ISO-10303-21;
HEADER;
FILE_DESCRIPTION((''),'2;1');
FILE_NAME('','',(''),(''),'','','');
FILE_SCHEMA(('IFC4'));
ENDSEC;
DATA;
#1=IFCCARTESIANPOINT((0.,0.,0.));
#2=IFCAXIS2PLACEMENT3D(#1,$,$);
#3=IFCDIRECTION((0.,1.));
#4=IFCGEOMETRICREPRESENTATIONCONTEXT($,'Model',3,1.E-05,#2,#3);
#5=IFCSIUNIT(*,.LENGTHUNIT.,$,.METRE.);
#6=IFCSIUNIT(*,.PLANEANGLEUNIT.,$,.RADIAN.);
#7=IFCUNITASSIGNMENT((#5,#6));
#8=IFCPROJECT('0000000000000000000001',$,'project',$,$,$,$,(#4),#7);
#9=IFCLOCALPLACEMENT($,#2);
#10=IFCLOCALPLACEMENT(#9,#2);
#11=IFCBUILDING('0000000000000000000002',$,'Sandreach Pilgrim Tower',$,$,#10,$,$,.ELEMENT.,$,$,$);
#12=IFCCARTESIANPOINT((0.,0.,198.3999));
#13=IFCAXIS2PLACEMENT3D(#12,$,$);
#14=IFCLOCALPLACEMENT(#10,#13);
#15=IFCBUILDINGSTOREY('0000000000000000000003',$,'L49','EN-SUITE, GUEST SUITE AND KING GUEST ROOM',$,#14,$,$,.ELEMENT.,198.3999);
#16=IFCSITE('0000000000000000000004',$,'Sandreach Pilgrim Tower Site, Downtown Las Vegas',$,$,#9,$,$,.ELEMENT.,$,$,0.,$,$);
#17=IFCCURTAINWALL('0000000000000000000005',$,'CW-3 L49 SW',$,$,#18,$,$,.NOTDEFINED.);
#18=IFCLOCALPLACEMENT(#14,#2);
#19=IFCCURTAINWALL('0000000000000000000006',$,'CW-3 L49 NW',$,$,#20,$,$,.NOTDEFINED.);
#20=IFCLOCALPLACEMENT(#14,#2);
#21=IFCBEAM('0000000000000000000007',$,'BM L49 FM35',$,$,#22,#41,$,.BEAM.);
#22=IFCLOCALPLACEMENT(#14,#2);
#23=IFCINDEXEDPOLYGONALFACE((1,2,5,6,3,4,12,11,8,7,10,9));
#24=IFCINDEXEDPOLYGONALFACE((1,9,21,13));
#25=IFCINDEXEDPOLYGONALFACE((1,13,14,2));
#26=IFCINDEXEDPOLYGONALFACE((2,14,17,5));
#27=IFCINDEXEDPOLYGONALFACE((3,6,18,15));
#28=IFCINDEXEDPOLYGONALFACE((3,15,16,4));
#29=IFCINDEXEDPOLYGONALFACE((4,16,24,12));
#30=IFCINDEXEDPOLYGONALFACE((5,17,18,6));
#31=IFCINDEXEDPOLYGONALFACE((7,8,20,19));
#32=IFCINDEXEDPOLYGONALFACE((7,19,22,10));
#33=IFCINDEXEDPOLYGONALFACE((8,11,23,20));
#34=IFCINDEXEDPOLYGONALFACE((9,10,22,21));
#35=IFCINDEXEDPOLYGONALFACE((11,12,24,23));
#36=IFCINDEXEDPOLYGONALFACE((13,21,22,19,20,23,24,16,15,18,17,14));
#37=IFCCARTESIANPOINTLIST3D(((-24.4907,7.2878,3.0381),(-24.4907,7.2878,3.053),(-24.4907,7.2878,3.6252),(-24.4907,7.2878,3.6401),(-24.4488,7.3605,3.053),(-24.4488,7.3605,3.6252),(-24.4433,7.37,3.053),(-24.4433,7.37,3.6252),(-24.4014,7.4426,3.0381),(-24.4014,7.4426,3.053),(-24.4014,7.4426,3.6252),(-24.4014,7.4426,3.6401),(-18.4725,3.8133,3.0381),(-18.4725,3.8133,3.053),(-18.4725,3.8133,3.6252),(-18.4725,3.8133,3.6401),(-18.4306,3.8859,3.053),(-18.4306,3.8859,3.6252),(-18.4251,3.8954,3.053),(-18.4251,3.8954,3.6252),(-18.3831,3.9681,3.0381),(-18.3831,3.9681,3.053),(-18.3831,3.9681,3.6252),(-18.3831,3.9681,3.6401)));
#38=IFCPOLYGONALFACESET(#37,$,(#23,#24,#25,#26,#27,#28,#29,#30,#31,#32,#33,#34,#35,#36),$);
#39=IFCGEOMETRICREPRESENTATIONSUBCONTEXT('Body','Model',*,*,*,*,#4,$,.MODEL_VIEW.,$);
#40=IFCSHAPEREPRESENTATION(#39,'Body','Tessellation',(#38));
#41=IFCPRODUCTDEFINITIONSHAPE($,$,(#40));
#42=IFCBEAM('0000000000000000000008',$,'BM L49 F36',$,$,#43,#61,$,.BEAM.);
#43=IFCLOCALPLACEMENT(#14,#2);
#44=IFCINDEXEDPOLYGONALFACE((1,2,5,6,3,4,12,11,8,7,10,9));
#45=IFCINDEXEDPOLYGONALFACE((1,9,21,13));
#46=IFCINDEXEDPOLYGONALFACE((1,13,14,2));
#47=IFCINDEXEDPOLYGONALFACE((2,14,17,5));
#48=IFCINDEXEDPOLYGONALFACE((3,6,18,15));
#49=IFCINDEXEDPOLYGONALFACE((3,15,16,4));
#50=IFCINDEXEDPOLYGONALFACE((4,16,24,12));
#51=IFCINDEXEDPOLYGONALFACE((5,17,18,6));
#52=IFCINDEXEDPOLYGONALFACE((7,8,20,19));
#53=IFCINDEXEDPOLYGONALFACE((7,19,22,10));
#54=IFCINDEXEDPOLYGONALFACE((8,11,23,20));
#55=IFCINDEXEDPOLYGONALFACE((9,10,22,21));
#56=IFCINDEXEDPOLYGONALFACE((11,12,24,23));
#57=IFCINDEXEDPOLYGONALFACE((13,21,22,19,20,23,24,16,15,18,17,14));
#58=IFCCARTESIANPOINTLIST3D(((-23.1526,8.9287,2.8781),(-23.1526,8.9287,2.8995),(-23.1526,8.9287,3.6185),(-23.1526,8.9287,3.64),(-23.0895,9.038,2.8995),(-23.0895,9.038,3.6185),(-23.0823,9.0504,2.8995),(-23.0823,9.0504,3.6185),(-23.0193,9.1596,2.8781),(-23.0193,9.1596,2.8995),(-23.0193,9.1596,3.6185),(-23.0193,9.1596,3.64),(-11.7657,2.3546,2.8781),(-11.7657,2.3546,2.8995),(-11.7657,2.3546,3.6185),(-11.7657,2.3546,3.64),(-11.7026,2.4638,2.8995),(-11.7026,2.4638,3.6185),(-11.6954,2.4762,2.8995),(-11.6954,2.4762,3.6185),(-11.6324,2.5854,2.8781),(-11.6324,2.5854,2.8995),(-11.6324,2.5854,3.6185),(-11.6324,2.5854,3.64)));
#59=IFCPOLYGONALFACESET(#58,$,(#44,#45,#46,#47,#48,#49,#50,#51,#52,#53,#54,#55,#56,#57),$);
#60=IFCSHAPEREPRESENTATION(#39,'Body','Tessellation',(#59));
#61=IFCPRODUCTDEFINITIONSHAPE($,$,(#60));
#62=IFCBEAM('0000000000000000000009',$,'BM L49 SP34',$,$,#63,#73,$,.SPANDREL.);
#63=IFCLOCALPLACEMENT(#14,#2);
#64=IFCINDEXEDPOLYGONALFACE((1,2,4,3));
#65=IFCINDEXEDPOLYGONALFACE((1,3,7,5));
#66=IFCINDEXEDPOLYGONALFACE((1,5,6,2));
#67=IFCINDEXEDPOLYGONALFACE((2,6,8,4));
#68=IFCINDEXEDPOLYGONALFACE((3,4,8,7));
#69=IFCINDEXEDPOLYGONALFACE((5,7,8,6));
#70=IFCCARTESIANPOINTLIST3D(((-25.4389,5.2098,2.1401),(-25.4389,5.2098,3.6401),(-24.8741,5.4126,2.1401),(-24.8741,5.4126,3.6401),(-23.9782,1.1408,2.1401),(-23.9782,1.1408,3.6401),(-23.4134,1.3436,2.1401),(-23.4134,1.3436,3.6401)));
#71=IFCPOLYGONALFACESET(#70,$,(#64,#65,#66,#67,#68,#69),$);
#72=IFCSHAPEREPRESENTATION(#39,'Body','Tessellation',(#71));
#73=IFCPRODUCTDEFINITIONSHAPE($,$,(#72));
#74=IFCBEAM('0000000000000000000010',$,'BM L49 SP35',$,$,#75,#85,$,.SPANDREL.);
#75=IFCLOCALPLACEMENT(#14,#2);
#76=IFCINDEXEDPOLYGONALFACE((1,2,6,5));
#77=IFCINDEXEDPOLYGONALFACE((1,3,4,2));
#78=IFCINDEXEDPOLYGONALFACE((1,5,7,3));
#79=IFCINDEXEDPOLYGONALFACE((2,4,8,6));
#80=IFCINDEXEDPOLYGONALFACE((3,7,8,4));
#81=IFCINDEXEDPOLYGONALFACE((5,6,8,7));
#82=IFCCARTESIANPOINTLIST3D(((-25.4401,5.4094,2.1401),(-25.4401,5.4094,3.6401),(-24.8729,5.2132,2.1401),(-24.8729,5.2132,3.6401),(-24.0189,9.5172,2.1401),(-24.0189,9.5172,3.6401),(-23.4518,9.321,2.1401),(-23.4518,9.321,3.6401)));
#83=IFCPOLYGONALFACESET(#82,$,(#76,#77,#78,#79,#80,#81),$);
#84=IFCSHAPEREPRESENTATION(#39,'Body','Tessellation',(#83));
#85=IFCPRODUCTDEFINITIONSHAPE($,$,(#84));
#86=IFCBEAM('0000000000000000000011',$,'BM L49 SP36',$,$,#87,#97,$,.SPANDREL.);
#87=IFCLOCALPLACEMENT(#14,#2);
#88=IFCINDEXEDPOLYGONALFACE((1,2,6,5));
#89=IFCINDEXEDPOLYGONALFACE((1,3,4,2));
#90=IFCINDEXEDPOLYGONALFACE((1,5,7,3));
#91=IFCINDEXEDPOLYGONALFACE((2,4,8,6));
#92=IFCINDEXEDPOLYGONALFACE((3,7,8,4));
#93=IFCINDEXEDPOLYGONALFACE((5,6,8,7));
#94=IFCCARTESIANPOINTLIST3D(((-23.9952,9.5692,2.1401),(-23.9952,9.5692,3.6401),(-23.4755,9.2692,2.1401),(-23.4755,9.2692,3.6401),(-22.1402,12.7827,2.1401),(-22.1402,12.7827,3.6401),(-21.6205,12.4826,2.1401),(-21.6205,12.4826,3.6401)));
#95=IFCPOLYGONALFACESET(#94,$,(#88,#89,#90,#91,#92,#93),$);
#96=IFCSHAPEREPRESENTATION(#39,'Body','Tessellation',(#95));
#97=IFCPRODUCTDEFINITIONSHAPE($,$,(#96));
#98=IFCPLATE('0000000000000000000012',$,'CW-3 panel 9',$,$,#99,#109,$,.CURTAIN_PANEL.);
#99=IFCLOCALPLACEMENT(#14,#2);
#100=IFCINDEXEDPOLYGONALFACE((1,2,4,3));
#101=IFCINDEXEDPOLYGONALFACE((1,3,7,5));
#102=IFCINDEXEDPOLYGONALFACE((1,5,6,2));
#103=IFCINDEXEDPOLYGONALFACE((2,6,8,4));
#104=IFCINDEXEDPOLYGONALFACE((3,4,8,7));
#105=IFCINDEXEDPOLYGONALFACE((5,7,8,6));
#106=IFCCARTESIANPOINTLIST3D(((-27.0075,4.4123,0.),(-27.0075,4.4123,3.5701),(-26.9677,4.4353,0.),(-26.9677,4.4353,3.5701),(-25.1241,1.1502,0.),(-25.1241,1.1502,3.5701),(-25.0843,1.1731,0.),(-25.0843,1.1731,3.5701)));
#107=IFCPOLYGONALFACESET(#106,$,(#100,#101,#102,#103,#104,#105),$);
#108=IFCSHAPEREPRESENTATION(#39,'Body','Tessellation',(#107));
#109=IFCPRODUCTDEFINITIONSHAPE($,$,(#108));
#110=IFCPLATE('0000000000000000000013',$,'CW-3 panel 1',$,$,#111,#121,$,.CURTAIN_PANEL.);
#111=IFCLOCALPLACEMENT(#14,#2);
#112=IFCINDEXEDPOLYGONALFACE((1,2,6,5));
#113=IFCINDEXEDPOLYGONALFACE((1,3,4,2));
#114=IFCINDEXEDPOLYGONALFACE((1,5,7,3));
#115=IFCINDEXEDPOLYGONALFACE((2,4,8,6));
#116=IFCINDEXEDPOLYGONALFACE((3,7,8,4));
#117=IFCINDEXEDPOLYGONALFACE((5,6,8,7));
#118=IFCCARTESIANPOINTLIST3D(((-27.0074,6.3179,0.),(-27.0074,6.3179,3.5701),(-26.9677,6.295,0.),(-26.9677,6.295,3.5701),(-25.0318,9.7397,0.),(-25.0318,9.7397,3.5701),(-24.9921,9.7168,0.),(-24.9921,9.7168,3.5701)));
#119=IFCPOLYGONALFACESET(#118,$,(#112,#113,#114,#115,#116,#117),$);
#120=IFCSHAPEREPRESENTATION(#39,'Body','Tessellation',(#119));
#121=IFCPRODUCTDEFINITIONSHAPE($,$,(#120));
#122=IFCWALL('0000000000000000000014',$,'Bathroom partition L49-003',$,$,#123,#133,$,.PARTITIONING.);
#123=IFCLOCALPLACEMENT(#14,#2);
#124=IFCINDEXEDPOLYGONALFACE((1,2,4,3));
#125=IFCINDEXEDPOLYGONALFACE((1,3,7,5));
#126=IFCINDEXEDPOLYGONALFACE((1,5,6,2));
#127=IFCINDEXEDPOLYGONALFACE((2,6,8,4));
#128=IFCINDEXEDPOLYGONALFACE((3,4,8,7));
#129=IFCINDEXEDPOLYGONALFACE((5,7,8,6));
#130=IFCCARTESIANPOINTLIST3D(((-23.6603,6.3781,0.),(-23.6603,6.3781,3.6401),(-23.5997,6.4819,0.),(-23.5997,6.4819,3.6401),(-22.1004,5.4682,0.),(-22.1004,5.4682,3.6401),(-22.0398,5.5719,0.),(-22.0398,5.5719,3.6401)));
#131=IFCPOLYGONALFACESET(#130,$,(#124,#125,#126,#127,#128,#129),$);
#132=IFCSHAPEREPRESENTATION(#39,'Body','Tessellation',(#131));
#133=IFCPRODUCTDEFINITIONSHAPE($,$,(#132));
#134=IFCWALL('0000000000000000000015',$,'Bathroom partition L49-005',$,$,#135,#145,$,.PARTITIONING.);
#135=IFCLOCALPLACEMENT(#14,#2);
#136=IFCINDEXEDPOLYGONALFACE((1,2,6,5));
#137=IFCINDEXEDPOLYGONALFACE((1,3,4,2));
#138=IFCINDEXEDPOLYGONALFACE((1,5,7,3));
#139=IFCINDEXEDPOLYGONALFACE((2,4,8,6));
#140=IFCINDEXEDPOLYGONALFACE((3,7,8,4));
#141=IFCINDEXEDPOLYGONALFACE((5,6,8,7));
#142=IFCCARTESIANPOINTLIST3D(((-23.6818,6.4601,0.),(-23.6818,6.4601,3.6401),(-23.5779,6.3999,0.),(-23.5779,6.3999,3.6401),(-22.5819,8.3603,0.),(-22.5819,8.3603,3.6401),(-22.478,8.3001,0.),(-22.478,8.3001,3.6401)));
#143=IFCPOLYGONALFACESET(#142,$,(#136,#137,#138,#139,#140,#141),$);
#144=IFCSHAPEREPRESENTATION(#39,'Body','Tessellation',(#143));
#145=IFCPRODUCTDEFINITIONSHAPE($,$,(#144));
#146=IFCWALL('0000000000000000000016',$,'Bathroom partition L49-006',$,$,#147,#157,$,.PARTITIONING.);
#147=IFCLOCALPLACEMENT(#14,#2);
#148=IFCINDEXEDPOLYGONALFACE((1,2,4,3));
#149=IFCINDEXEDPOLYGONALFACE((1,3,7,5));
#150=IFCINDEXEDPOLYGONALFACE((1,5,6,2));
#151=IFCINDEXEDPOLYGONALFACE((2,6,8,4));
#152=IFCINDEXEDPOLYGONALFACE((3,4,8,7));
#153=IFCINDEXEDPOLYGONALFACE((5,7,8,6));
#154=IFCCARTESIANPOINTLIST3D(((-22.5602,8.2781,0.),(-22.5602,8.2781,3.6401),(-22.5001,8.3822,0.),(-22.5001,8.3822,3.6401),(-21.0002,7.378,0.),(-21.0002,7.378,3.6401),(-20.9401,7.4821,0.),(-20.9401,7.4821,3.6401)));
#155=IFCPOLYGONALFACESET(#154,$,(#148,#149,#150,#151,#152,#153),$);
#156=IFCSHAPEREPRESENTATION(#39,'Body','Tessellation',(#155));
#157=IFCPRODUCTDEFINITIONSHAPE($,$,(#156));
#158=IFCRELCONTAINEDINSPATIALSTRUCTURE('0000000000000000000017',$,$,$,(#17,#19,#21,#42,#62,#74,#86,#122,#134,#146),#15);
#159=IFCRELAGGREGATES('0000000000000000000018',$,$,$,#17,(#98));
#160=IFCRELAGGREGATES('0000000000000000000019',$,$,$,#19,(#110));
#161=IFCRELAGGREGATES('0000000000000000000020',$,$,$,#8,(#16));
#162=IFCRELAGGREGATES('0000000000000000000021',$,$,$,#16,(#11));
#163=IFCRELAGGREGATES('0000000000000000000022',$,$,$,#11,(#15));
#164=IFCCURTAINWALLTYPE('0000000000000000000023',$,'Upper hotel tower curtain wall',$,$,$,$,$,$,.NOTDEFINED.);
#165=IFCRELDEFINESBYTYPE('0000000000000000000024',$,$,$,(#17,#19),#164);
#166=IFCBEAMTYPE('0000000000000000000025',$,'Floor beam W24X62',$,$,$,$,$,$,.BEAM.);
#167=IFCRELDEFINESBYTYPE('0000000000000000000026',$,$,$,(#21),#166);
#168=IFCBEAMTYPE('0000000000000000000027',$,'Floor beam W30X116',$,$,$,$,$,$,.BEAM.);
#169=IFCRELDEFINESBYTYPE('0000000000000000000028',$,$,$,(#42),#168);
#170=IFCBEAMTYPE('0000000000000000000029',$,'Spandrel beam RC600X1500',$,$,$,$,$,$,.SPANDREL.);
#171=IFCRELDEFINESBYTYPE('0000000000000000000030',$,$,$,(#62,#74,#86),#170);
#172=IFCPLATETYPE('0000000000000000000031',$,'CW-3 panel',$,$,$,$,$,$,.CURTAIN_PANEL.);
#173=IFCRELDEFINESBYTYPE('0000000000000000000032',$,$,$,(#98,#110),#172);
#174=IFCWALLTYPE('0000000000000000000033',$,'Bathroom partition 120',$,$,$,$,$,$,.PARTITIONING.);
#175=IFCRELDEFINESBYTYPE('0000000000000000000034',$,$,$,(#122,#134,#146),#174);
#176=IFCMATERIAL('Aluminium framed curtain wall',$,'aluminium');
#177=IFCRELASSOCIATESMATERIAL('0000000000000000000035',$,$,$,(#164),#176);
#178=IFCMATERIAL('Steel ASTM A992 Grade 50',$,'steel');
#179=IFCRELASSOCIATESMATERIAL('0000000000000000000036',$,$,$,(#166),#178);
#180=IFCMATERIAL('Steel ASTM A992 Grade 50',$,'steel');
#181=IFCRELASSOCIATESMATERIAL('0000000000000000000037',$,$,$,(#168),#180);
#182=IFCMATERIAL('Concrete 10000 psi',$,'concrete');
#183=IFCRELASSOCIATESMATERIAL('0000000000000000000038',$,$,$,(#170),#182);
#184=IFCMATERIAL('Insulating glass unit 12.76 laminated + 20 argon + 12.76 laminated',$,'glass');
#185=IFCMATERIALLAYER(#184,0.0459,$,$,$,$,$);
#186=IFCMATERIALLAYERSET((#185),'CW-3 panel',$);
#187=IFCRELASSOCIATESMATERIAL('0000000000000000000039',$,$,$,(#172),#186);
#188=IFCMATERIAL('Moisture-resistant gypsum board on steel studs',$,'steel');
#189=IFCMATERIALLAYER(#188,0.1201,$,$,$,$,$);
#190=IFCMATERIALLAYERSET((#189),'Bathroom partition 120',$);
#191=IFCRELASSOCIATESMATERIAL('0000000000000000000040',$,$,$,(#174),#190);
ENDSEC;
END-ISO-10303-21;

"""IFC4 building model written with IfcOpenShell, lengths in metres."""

from ifc_helpers import new_model, si_unit, direction, frame, frame_2d, origin, origin_2d, place, context, subcontext, project, spatial, rectangle, i_section, extrude, material, layer, layer_set, material_profile, profile_set, type_object, element, aggregate, save


model = new_model("IFC4")

# Units and contexts
model_context = context("Model", 3, precision=1e-05, world=origin(), true_north=direction((0.0, 1.0)))
body_context = subcontext(model_context, "Body", "Model", "MODEL_VIEW")
ifc_project = project(units=[si_unit("LENGTHUNIT", "METRE"), si_unit("PLANEANGLEUNIT", "RADIAN")], contexts=[model_context])

# Site, building, storey
site_placement = place(None, origin())
site = spatial("IfcSite", under=ifc_project, at=site_placement, Name="Sandreach Pilgrim Tower Site, Downtown Las Vegas", CompositionType="ELEMENT", RefElevation=0.0)
building_placement = place(site_placement, origin())
building = spatial("IfcBuilding", under=site, at=building_placement, Name="Sandreach Pilgrim Tower", CompositionType="ELEMENT")
storey_placement = place(building_placement, frame((0.0, 0.0, 198.3999)))
storey = spatial("IfcBuildingStorey", under=building, at=storey_placement, Name="L49", Description="EN-SUITE, GUEST SUITE AND KING GUEST ROOM", CompositionType="ELEMENT", Elevation=198.3999)

# Curtain wall
ifc_material_1 = material(Name="Aluminium framed curtain wall", Category="aluminium")
curtain_wall_type = type_object("IfcCurtainWallType", Name="Upper hotel tower curtain wall", PredefinedType="NOTDEFINED", material=ifc_material_1)
curtain_wall_1_placement = place(storey_placement, origin())
curtain_wall_1 = element("IfcCurtainWall", 1, at=curtain_wall_1_placement, inside=storey, type_object=curtain_wall_type, Name="CW-3 L49 SW", PredefinedType="NOTDEFINED")

# Curtain wall
curtain_wall_2_placement = place(storey_placement, origin())
curtain_wall_2 = element("IfcCurtainWall", 2, at=curtain_wall_2_placement, inside=storey, type_object=curtain_wall_type, Name="CW-3 L49 NW", PredefinedType="NOTDEFINED")

# Beams
ifc_material_2 = material(Name="Steel ASTM A992 Grade 50", Category="steel")
ifc_material_profile_1 = material_profile(ifc_material_2, i_section(OverallWidth=0.1787, OverallDepth=0.6021, WebThickness=0.011, FlangeThickness=0.0149, at=origin_2d()), Name="W24X62")
ifc_profile_set_1 = profile_set([ifc_material_profile_1], Name="Steel ASTM A992 Grade 50")
beam_type_1 = type_object("IfcBeamType", Name="Floor beam W24X62", PredefinedType="BEAM", material=ifc_profile_set_1)
beam_1_placement = place(storey_placement, frame((-24.446, 7.3652, 3.3391), z_axis=(0.866029, -0.499993, 0.0), x_axis=(0.499993, 0.866029, 0.0)))
element("IfcBeam", 3, at=beam_1_placement, inside=storey, type_object=beam_type_1, Name="BM L49 FM35", PredefinedType="BEAM", context=body_context, shape_type="SweptSolid", body=[
    extrude(i_section(OverallWidth=0.1787, OverallDepth=0.6021, WebThickness=0.011, FlangeThickness=0.0149, at=origin_2d()), origin(), (0.0, 0.0, 1.0), 6.9492),
])
ifc_material_3 = material(Name="Steel ASTM A992 Grade 50", Category="steel")
ifc_material_profile_2 = material_profile(ifc_material_3, i_section(OverallWidth=0.2666, OverallDepth=0.762, WebThickness=0.0144, FlangeThickness=0.0215, at=origin_2d()), Name="W30X116")
ifc_profile_set_2 = profile_set([ifc_material_profile_2], Name="Steel ASTM A992 Grade 50")
beam_type_2 = type_object("IfcBeamType", Name="Floor beam W30X116", PredefinedType="BEAM", material=ifc_profile_set_2)
beam_2_placement = place(storey_placement, frame((-23.0859, 9.0442, 3.259), z_axis=(0.866027, -0.499997, 0.0), x_axis=(0.499997, 0.866027, 0.0)))
element("IfcBeam", 4, at=beam_2_placement, inside=storey, type_object=beam_type_2, Name="BM L49 F36", PredefinedType="BEAM", context=body_context, shape_type="SweptSolid", body=[
    extrude(i_section(OverallWidth=0.2666, OverallDepth=0.762, WebThickness=0.0144, FlangeThickness=0.0215, at=origin_2d()), origin(), (0.0, 0.0, 1.0), 13.1484),
])
ifc_material_4 = material(Name="Concrete 10000 psi", Category="concrete")
ifc_material_profile_3 = material_profile(ifc_material_4, rectangle(XDim=0.6001, YDim=1.5, at=origin_2d()), Name="RC600X1500")
ifc_profile_set_3 = profile_set([ifc_material_profile_3], Name="Concrete 10000 psi")
beam_type_3 = type_object("IfcBeamType", Name="Spandrel beam RC600X1500", PredefinedType="SPANDREL", material=ifc_profile_set_3)
beam_3_placement = place(storey_placement, frame((-23.6958, 1.2422, 2.8901), z_axis=(-0.337863, 0.941195, 0.0), x_axis=(-0.941195, -0.337863, 0.0)))
element("IfcBeam", 5, at=beam_3_placement, inside=storey, type_object=beam_type_3, Name="BM L49 SP34", PredefinedType="SPANDREL", context=body_context, shape_type="SweptSolid", body=[
    extrude(rectangle(XDim=0.6001, YDim=1.5, at=origin_2d()), origin(), (0.0, 0.0, 1.0), 4.3232),
])
beam_4_placement = place(storey_placement, frame((-25.1565, 5.3113, 2.8901), z_axis=(0.326941, 0.945045, 0.0), x_axis=(-0.945045, 0.326941, 0.0)))
element("IfcBeam", 6, at=beam_4_placement, inside=storey, type_object=beam_type_3, Name="BM L49 SP35", PredefinedType="SPANDREL", context=body_context, shape_type="SweptSolid", body=[
    extrude(rectangle(XDim=0.6001, YDim=1.5, at=origin_2d()), origin(), (0.0, 0.0, 1.0), 4.3467),
])
beam_5_placement = place(storey_placement, frame((-23.7354, 9.4192, 2.8901), z_axis=(0.499946, 0.866056, 0.0), x_axis=(-0.866056, 0.499946, 0.0)))
element("IfcBeam", 7, at=beam_5_placement, inside=storey, type_object=beam_type_3, Name="BM L49 SP36", PredefinedType="SPANDREL", context=body_context, shape_type="SweptSolid", body=[
    extrude(rectangle(XDim=0.6001, YDim=1.5, at=origin_2d()), origin(), (0.0, 0.0, 1.0), 3.7104),
])

# Plates
ifc_material_5 = material(Name="Insulating glass unit 12.76 laminated + 20 argon + 12.76 laminated", Category="glass")
ifc_layer_1 = layer(ifc_material_5, 0.0459)
ifc_layer_set_1 = layer_set([ifc_layer_1], Name="CW-3 panel")
plate_type = type_object("IfcPlateType", Name="CW-3 panel", PredefinedType="CURTAIN_PANEL", material=ifc_layer_set_1)
plate_1_placement = place(storey_placement, frame((-26.0459, 2.7927, 0.0), z_axis=(0.0, 0.0, 1.0), x_axis=(-0.5, 0.866025, 0.0)))
plate_1 = element("IfcPlate", 8, at=plate_1_placement, type_object=plate_type, Name="CW-3 panel 9", PredefinedType="CURTAIN_PANEL", context=body_context, shape_type="SweptSolid", body=[
    extrude(rectangle(XDim=3.7668, YDim=0.0459, at=origin_2d()), origin(), (0.0, 0.0, 1.0), 3.5701),
])
aggregate(curtain_wall_1, [plate_1])
plate_2_placement = place(storey_placement, frame((-25.9998, 8.0173, 0.0), z_axis=(0.0, 0.0, 1.0), x_axis=(0.5, 0.866025, 0.0)))
plate_2 = element("IfcPlate", 9, at=plate_2_placement, type_object=plate_type, Name="CW-3 panel 1", PredefinedType="CURTAIN_PANEL", context=body_context, shape_type="SweptSolid", body=[
    extrude(rectangle(XDim=3.9512, YDim=0.0459, at=origin_2d()), origin(), (0.0, 0.0, 1.0), 3.5701),
])
aggregate(curtain_wall_2, [plate_2])

# Walls
ifc_material_6 = material(Name="Moisture-resistant gypsum board on steel studs", Category="steel")
ifc_layer_2 = layer(ifc_material_6, 0.1201)
ifc_layer_set_2 = layer_set([ifc_layer_2], Name="Bathroom partition 120")
wall_type_1 = type_object("IfcWallType", Name="Bathroom partition 120", PredefinedType="PARTITIONING", material=ifc_layer_set_2)
wall_1_placement = place(storey_placement, frame((-23.6299, 6.4299, 0.0), z_axis=(0.0, 0.0, 1.0), x_axis=(0.863774, -0.503879, 0.0)))
element("IfcWall", 10, at=wall_1_placement, inside=storey, type_object=wall_type_1, Name="Bathroom partition L49-003", PredefinedType="PARTITIONING", context=body_context, shape_type="SweptSolid", body=[
    extrude(rectangle(XDim=1.8059, YDim=0.1201, at=frame_2d((0.9028, 0.0))), origin(), (0.0, 0.0, 1.0), 3.6401),
])
wall_2_placement = place(storey_placement, frame((-22.53, 8.3301, 0.0), z_axis=(0.0, 0.0, 1.0), x_axis=(-0.500957, -0.865472, 0.0)))
element("IfcWall", 11, at=wall_2_placement, inside=storey, type_object=wall_type_1, Name="Bathroom partition L49-005", PredefinedType="PARTITIONING", context=body_context, shape_type="SweptSolid", body=[
    extrude(rectangle(XDim=2.1956, YDim=0.1201, at=frame_2d((1.0977, 0.0))), origin(), (0.0, 0.0, 1.0), 3.6401),
])
wall_3_placement = place(storey_placement, frame((-22.53, 8.3301, 0.0), z_axis=(0.0, 0.0, 1.0), x_axis=(0.866159, -0.499769, 0.0)))
element("IfcWall", 12, at=wall_3_placement, inside=storey, type_object=wall_type_1, Name="Bathroom partition L49-006", PredefinedType="PARTITIONING", context=body_context, shape_type="SweptSolid", body=[
    extrude(rectangle(XDim=1.801, YDim=0.1201, at=frame_2d((0.9004, 0.0))), origin(), (0.0, 0.0, 1.0), 3.6401),
])

save(model, "model.ifc")
